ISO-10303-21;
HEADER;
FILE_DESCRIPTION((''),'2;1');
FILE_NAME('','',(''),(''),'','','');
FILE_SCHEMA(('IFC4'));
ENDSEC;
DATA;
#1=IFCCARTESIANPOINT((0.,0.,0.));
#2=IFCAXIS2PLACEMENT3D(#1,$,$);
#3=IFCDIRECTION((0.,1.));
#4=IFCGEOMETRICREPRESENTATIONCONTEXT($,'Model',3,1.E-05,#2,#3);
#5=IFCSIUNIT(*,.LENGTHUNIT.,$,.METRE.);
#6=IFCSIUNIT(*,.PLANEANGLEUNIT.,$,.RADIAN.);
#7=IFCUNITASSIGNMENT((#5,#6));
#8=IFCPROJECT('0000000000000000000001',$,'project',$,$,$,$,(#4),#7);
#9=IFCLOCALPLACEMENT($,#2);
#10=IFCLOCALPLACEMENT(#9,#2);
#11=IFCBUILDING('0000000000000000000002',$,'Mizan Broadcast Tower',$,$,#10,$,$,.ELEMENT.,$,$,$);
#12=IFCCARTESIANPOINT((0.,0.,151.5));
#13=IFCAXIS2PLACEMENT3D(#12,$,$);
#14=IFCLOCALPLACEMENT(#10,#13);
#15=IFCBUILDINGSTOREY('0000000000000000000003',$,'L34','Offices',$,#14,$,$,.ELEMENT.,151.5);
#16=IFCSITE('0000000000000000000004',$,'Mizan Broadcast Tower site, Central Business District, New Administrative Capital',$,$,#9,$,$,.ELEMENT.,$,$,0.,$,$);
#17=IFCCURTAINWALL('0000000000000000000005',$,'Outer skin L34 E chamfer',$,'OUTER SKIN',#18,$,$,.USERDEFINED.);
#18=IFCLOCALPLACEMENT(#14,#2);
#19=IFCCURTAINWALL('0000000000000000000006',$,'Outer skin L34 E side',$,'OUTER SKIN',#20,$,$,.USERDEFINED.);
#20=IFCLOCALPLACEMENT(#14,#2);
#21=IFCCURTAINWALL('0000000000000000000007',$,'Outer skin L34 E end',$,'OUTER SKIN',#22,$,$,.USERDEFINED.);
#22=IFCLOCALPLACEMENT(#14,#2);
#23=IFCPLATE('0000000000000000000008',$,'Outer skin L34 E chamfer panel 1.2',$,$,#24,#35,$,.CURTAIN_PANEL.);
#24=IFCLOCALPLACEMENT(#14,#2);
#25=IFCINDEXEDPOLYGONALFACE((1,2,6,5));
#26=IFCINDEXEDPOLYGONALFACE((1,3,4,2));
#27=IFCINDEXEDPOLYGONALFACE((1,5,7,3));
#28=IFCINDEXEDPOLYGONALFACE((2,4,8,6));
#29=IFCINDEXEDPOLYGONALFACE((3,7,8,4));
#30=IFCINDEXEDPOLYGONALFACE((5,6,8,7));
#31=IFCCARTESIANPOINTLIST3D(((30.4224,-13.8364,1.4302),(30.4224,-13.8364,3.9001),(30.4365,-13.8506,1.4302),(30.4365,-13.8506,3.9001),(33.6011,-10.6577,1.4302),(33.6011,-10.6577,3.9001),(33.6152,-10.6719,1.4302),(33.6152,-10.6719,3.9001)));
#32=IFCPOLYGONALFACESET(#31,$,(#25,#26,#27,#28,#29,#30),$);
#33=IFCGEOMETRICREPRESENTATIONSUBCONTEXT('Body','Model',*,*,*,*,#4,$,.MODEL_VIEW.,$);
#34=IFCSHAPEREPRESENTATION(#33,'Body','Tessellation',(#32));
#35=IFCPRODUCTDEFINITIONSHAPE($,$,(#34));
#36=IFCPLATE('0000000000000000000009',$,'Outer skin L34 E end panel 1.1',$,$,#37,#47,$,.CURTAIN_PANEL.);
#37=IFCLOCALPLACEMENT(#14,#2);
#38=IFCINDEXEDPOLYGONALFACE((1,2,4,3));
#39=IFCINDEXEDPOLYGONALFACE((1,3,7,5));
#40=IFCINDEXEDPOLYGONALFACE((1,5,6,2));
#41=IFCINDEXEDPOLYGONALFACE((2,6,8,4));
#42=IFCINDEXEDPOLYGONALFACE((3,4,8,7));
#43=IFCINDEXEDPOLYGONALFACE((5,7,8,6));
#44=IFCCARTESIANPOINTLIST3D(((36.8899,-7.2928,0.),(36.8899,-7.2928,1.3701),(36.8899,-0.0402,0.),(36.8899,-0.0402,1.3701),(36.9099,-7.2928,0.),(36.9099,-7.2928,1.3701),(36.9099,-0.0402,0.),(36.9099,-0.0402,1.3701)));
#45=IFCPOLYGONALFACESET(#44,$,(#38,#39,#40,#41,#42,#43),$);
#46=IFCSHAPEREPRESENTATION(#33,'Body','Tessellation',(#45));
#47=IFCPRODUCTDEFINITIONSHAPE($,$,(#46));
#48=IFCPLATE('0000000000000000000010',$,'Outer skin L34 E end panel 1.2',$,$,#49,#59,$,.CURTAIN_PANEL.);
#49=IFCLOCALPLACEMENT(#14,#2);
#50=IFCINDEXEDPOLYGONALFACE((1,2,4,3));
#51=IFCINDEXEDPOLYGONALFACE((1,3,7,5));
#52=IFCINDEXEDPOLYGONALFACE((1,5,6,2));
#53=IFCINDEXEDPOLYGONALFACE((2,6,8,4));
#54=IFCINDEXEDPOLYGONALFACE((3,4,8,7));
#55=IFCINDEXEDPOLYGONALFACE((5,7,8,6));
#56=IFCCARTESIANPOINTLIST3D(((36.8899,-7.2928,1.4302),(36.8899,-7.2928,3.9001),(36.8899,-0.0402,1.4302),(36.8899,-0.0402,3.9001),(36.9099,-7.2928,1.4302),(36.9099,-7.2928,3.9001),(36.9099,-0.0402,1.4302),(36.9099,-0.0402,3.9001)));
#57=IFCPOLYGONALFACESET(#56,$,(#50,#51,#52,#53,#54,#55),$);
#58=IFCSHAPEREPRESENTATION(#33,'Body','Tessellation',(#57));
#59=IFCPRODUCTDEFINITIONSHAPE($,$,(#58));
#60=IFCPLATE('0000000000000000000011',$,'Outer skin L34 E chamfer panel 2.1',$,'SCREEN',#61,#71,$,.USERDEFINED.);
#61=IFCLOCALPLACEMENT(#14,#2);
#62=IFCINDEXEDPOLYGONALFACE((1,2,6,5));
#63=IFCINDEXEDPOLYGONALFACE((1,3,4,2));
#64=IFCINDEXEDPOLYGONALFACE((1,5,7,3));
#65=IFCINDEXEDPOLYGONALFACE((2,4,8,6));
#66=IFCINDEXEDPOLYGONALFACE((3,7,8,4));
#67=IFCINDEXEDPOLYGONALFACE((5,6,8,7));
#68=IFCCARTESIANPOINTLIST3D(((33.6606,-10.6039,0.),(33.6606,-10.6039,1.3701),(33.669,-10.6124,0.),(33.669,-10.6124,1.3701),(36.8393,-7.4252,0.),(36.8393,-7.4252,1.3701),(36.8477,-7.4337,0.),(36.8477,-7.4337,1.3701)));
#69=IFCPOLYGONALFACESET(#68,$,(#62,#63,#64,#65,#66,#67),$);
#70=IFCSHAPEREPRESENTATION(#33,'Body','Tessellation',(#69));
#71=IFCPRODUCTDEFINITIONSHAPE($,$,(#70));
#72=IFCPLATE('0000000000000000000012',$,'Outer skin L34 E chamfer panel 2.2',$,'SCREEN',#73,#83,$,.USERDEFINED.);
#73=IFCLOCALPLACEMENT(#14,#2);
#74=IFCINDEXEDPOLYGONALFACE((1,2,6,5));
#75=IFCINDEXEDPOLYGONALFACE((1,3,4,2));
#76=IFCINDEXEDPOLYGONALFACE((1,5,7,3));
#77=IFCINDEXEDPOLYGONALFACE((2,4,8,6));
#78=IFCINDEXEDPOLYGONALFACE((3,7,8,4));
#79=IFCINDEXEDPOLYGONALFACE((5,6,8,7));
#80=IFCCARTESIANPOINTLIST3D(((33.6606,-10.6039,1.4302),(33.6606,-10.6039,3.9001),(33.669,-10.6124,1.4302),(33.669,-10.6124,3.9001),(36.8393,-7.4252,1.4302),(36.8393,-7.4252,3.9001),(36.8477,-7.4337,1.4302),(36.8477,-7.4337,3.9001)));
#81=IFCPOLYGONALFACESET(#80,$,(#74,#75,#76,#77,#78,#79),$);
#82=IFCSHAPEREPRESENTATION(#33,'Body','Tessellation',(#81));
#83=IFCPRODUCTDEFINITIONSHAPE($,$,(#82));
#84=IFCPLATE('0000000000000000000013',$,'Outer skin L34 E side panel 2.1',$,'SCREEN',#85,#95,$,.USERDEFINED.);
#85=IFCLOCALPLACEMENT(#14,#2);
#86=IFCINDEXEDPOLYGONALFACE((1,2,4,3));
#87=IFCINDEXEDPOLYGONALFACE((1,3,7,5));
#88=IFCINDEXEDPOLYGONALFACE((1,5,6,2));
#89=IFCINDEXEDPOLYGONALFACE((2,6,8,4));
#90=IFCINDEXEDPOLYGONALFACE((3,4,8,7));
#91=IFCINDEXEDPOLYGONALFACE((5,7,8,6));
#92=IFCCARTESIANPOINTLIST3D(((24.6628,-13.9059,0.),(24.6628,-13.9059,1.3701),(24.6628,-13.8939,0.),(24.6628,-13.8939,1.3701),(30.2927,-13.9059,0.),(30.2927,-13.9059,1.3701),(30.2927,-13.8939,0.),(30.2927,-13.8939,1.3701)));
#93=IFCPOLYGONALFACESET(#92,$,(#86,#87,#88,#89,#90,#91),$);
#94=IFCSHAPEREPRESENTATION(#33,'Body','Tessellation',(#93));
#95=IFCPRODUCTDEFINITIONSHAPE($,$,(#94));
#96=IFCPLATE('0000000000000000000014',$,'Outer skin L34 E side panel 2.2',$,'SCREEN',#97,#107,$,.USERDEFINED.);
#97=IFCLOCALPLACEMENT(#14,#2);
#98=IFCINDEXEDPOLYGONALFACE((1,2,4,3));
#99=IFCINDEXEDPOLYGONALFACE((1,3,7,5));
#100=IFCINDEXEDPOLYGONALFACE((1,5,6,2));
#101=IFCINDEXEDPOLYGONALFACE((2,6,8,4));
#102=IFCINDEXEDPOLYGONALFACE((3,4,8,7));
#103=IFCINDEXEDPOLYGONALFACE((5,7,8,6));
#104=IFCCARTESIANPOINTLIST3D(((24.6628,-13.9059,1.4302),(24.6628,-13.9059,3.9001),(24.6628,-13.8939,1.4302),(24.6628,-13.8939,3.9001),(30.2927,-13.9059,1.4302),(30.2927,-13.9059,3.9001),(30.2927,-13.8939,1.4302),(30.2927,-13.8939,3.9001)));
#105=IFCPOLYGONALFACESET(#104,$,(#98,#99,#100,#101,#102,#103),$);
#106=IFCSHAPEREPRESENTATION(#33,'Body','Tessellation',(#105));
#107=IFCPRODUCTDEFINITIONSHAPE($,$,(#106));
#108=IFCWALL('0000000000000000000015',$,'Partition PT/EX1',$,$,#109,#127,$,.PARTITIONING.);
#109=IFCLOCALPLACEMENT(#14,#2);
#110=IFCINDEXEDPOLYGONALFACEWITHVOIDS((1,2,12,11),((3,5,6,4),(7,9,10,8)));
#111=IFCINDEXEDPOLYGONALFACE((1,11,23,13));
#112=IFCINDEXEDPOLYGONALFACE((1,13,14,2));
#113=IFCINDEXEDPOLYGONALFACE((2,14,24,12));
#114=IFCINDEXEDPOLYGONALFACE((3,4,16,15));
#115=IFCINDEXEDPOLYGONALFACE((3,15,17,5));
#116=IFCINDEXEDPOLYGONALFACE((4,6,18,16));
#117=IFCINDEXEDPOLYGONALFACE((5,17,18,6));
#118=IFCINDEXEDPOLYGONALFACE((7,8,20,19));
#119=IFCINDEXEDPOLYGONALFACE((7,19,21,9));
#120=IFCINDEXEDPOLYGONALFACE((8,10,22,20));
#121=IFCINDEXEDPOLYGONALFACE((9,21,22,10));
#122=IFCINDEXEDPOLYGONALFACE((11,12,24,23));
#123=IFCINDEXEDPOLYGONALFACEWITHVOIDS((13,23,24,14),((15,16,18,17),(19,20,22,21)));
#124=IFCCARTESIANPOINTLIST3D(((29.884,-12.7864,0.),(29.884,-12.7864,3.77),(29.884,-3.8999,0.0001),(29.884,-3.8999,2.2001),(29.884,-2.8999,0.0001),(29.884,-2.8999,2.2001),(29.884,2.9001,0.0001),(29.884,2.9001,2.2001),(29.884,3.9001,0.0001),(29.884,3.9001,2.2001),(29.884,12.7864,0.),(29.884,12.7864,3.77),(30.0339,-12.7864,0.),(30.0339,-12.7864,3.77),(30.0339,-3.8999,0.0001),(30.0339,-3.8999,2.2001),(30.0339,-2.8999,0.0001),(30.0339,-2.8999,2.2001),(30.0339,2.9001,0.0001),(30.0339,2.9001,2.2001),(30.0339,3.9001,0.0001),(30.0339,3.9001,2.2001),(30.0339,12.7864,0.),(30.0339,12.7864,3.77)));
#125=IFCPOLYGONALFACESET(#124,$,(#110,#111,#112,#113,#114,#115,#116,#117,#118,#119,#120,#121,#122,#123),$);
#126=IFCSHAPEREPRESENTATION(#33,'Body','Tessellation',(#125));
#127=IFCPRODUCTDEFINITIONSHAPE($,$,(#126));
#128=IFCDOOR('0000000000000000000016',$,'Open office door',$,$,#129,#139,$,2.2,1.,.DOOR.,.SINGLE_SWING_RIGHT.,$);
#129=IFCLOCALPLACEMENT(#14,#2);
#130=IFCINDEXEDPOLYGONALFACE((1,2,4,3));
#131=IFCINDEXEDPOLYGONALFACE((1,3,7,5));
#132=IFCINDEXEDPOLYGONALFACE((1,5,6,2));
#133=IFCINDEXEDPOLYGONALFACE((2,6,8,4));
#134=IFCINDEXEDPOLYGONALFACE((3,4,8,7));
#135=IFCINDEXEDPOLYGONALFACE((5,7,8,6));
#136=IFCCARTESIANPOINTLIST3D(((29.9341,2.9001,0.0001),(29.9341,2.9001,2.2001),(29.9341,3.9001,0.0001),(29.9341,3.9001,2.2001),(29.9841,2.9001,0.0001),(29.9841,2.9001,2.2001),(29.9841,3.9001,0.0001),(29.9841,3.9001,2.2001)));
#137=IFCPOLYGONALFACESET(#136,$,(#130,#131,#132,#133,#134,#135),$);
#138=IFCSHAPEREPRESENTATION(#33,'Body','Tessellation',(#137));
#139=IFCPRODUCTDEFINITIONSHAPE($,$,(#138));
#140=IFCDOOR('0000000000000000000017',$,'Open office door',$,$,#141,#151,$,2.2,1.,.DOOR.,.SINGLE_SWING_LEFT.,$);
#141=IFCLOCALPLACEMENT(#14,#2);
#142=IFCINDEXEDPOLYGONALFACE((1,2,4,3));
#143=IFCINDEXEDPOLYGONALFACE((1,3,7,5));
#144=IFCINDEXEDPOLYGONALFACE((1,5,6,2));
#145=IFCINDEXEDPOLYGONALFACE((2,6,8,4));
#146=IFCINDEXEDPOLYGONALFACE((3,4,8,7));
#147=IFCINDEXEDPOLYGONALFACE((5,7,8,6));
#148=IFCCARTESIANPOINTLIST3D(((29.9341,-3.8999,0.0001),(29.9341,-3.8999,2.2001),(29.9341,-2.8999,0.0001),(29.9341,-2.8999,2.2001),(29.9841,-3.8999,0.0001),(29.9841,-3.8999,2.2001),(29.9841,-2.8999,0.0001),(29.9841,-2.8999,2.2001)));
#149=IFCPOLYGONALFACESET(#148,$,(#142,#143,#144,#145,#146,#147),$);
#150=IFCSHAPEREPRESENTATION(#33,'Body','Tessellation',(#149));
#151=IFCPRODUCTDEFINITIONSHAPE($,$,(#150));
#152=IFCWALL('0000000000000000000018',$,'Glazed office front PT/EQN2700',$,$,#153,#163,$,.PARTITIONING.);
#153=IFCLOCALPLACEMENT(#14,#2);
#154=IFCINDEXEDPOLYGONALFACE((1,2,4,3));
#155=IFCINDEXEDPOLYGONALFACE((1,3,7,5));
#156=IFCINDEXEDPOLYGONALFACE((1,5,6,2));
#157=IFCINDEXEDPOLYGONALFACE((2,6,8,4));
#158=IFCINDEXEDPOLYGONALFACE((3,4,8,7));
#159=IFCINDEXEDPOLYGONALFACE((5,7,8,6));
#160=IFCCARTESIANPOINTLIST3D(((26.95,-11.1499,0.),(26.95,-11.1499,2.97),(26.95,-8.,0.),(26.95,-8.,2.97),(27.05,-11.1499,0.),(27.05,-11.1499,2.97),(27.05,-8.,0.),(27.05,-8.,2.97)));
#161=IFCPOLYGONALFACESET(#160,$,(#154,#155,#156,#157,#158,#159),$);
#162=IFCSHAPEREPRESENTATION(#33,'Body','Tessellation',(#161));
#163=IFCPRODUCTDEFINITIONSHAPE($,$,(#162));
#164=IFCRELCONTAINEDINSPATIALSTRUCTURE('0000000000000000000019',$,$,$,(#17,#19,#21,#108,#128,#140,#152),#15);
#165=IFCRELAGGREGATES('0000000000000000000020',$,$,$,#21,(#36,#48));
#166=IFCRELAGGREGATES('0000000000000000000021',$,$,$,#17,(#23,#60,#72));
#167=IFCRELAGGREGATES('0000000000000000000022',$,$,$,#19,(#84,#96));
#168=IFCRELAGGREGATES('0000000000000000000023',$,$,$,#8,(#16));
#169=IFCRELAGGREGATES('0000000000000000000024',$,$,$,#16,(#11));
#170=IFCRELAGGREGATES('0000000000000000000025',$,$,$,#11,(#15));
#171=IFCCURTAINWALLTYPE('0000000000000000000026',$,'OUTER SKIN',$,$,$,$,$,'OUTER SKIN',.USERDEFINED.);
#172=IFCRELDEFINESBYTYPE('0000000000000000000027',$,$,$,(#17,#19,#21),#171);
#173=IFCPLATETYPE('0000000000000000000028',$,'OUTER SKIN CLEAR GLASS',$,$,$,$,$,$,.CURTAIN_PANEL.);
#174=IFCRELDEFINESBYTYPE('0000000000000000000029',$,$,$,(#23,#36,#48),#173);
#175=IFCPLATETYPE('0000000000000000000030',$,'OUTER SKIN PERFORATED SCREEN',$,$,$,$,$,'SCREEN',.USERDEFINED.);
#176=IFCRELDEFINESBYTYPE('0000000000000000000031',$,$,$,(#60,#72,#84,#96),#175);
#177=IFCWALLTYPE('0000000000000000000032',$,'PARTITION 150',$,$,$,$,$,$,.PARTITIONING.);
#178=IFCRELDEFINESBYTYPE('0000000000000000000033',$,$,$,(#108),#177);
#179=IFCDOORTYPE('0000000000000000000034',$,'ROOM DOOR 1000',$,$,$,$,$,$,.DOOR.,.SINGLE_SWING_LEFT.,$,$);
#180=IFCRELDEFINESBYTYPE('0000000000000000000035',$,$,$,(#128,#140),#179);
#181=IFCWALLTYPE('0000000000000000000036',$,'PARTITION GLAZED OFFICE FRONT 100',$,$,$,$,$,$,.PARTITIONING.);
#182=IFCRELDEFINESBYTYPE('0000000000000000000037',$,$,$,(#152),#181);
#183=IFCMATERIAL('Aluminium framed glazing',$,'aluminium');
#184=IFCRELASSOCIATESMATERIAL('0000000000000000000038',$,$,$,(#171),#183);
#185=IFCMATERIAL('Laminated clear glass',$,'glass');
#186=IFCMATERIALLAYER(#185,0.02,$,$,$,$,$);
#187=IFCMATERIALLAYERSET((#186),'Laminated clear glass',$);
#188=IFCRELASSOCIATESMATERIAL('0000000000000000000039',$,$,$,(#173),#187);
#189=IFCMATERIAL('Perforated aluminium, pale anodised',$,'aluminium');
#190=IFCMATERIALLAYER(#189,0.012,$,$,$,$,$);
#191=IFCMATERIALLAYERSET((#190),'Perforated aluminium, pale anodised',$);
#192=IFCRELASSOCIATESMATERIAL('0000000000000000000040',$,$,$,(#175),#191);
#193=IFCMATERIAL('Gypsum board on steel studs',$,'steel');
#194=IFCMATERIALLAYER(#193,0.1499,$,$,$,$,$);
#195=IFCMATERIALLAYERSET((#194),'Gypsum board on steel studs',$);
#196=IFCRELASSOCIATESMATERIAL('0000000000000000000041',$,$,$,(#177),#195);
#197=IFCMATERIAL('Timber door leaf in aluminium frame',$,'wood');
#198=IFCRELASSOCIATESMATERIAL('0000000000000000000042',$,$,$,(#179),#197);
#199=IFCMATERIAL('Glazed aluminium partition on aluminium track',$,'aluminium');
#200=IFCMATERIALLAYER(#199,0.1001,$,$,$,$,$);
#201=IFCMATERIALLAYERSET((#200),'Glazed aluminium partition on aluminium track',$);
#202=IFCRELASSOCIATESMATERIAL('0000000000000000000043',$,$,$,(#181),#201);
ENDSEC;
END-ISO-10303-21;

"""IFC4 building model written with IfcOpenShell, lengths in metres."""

from ifc_helpers import new_model, si_unit, direction, frame, frame_2d, origin, origin_2d, place, context, subcontext, project, spatial, rectangle, extrude, material, layer, layer_set, type_object, element, fill, aggregate, save


model = new_model("IFC4")

# Units and contexts
model_context = context("Model", 3, precision=1e-05, world=origin(), true_north=direction((0.0, 1.0)))
body_context = subcontext(model_context, "Body", "Model", "MODEL_VIEW")
ifc_project = project(units=[si_unit("LENGTHUNIT", "METRE"), si_unit("PLANEANGLEUNIT", "RADIAN")], contexts=[model_context])

# Site, building, storey
site_placement = place(None, origin())
site = spatial("IfcSite", under=ifc_project, at=site_placement, Name="Mizan Broadcast Tower site, Central Business District, New Administrative Capital", CompositionType="ELEMENT", RefElevation=0.0)
building_placement = place(site_placement, origin())
building = spatial("IfcBuilding", under=site, at=building_placement, Name="Mizan Broadcast Tower", CompositionType="ELEMENT")
storey_placement = place(building_placement, frame((0.0, 0.0, 151.5)))
storey = spatial("IfcBuildingStorey", under=building, at=storey_placement, Name="L34", Description="Offices", CompositionType="ELEMENT", Elevation=151.5)

# Curtain wall
ifc_material_1 = material(Name="Aluminium framed glazing", Category="aluminium")
curtain_wall_type_1 = type_object("IfcCurtainWallType", Name="OUTER SKIN", ElementType="OUTER SKIN", PredefinedType="USERDEFINED", material=ifc_material_1)
curtain_wall_1_placement = place(storey_placement, origin())
curtain_wall_1 = element("IfcCurtainWall", 1, at=curtain_wall_1_placement, inside=storey, type_object=curtain_wall_type_1, Name="Outer skin L34 E chamfer", ObjectType="OUTER SKIN", PredefinedType="USERDEFINED")

# Curtain wall
curtain_wall_2_placement = place(storey_placement, origin())
curtain_wall_2 = element("IfcCurtainWall", 2, at=curtain_wall_2_placement, inside=storey, type_object=curtain_wall_type_1, Name="Outer skin L34 E side", ObjectType="OUTER SKIN", PredefinedType="USERDEFINED")

# Curtain wall
curtain_wall_3_placement = place(storey_placement, origin())
curtain_wall_3 = element("IfcCurtainWall", 3, at=curtain_wall_3_placement, inside=storey, type_object=curtain_wall_type_1, Name="Outer skin L34 E end", ObjectType="OUTER SKIN", PredefinedType="USERDEFINED")

# Plates
ifc_material_2 = material(Name="Laminated clear glass", Category="glass")
ifc_layer_1 = layer(ifc_material_2, 0.02)
ifc_layer_set_1 = layer_set([ifc_layer_1], Name="Laminated clear glass")
plate_type_1 = type_object("IfcPlateType", Name="OUTER SKIN CLEAR GLASS", PredefinedType="CURTAIN_PANEL", material=ifc_layer_set_1)
plate_1_placement = place(storey_placement, frame((32.0188, -12.2542, 1.4302), z_axis=(0.0, 0.0, 1.0), x_axis=(0.707107, 0.707107, 0.0)))
plate_1 = element("IfcPlate", 4, at=plate_1_placement, type_object=plate_type_1, Name="Outer skin L34 E chamfer panel 1.2", PredefinedType="CURTAIN_PANEL", context=body_context, shape_type="SweptSolid", body=[
    extrude(rectangle(XDim=4.4954, YDim=0.02, at=origin_2d()), origin(), (0.0, 0.0, 1.0), 2.47),
])
plate_2_placement = place(storey_placement, frame((36.8999, -3.6665, 0.0), z_axis=(0.0, 0.0, 1.0), x_axis=(0.0, 1.0, 0.0)))
plate_2 = element("IfcPlate", 5, at=plate_2_placement, type_object=plate_type_1, Name="Outer skin L34 E end panel 1.1", PredefinedType="CURTAIN_PANEL", context=body_context, shape_type="SweptSolid", body=[
    extrude(rectangle(XDim=7.2527, YDim=0.02, at=origin_2d()), origin(), (0.0, 0.0, 1.0), 1.3701),
])
plate_3_placement = place(storey_placement, frame((36.8999, -3.6665, 1.4302), z_axis=(0.0, 0.0, 1.0), x_axis=(0.0, 1.0, 0.0)))
plate_3 = element("IfcPlate", 6, at=plate_3_placement, type_object=plate_type_1, Name="Outer skin L34 E end panel 1.2", PredefinedType="CURTAIN_PANEL", context=body_context, shape_type="SweptSolid", body=[
    extrude(rectangle(XDim=7.2527, YDim=0.02, at=origin_2d()), origin(), (0.0, 0.0, 1.0), 2.47),
])
aggregate(curtain_wall_3, [plate_2, plate_3])
ifc_material_3 = material(Name="Perforated aluminium, pale anodised", Category="aluminium")
ifc_layer_2 = layer(ifc_material_3, 0.012)
ifc_layer_set_2 = layer_set([ifc_layer_2], Name="Perforated aluminium, pale anodised")
plate_type_2 = type_object("IfcPlateType", Name="OUTER SKIN PERFORATED SCREEN", ElementType="SCREEN", PredefinedType="USERDEFINED", material=ifc_layer_set_2)
plate_4_placement = place(storey_placement, frame((35.2542, -9.0188, 0.0), z_axis=(0.0, 0.0, 1.0), x_axis=(0.707107, 0.707107, 0.0)))
plate_4 = element("IfcPlate", 7, at=plate_4_placement, type_object=plate_type_2, Name="Outer skin L34 E chamfer panel 2.1", ObjectType="SCREEN", PredefinedType="USERDEFINED", context=body_context, shape_type="SweptSolid", body=[
    extrude(rectangle(XDim=4.4954, YDim=0.012, at=origin_2d()), origin(), (0.0, 0.0, 1.0), 1.3701),
])
plate_5_placement = place(storey_placement, frame((35.2542, -9.0188, 1.4302), z_axis=(0.0, 0.0, 1.0), x_axis=(0.707107, 0.707107, 0.0)))
plate_5 = element("IfcPlate", 8, at=plate_5_placement, type_object=plate_type_2, Name="Outer skin L34 E chamfer panel 2.2", ObjectType="SCREEN", PredefinedType="USERDEFINED", context=body_context, shape_type="SweptSolid", body=[
    extrude(rectangle(XDim=4.4954, YDim=0.012, at=origin_2d()), origin(), (0.0, 0.0, 1.0), 2.47),
])
aggregate(curtain_wall_1, [plate_1, plate_4, plate_5])
plate_6_placement = place(storey_placement, frame((27.4778, -13.8999, 0.0), z_axis=(0.0, 0.0, 1.0), x_axis=(1.0, 0.0, 0.0)))
plate_6 = element("IfcPlate", 9, at=plate_6_placement, type_object=plate_type_2, Name="Outer skin L34 E side panel 2.1", ObjectType="SCREEN", PredefinedType="USERDEFINED", context=body_context, shape_type="SweptSolid", body=[
    extrude(rectangle(XDim=5.6299, YDim=0.012, at=origin_2d()), origin(), (0.0, 0.0, 1.0), 1.3701),
])
plate_7_placement = place(storey_placement, frame((27.4778, -13.8999, 1.4302), z_axis=(0.0, 0.0, 1.0), x_axis=(1.0, 0.0, 0.0)))
plate_7 = element("IfcPlate", 10, at=plate_7_placement, type_object=plate_type_2, Name="Outer skin L34 E side panel 2.2", ObjectType="SCREEN", PredefinedType="USERDEFINED", context=body_context, shape_type="SweptSolid", body=[
    extrude(rectangle(XDim=5.6299, YDim=0.012, at=origin_2d()), origin(), (0.0, 0.0, 1.0), 2.47),
])
aggregate(curtain_wall_2, [plate_6, plate_7])

# Wall, openings, doors
ifc_material_4 = material(Name="Gypsum board on steel studs", Category="steel")
ifc_layer_3 = layer(ifc_material_4, 0.1499)
ifc_layer_set_3 = layer_set([ifc_layer_3], Name="Gypsum board on steel studs")
wall_type_1 = type_object("IfcWallType", Name="PARTITION 150", PredefinedType="PARTITIONING", material=ifc_layer_set_3)
wall_1_placement = place(storey_placement, frame((29.959, -12.7864, 0.0), z_axis=(0.0, 0.0, 1.0), x_axis=(0.0, 1.0, 0.0)))
wall_1 = element("IfcWall", 11, at=wall_1_placement, inside=storey, type_object=wall_type_1, Name="Partition PT/EX1", PredefinedType="PARTITIONING", context=body_context, shape_type="SweptSolid", body=[
    extrude(rectangle(XDim=25.5728, YDim=0.1499, at=frame_2d((12.7864, 0.0))), origin(), (0.0, 0.0, 1.0), 3.77),
])
opening_1_placement = place(wall_1_placement, frame((15.6865, 0.0, 0.0)))
opening_1 = element("IfcOpeningElement", 12, at=opening_1_placement, cuts=wall_1, PredefinedType="OPENING", context=body_context, shape_type="SweptSolid", body=[
    extrude(rectangle(XDim=1.0, YDim=2.2, at=frame_2d((0.5, 1.1001))), frame((0.0, 0.085, 0.0), z_axis=(0.0, -1.0, 0.0), x_axis=(1.0, 0.0, 0.0)), (0.0, 0.0, 1.0), 0.1699),
])
opening_2_placement = place(wall_1_placement, frame((8.8865, 0.0, 0.0)))
opening_2 = element("IfcOpeningElement", 13, at=opening_2_placement, cuts=wall_1, PredefinedType="OPENING", context=body_context, shape_type="SweptSolid", body=[
    extrude(rectangle(XDim=1.0, YDim=2.2, at=frame_2d((0.5, 1.1001))), frame((0.0, 0.085, 0.0), z_axis=(0.0, -1.0, 0.0), x_axis=(1.0, 0.0, 0.0)), (0.0, 0.0, 1.0), 0.1699),
])
ifc_material_5 = material(Name="Timber door leaf in aluminium frame", Category="wood")
door_type = type_object("IfcDoorType", Name="ROOM DOOR 1000", OperationType="SINGLE_SWING_LEFT", PredefinedType="DOOR", material=ifc_material_5)
door_1_placement = place(opening_1_placement, origin())
door_1 = element("IfcDoor", 14, at=door_1_placement, inside=storey, type_object=door_type, Name="Open office door", OperationType="SINGLE_SWING_RIGHT", OverallHeight=2.2, OverallWidth=1.0, PredefinedType="DOOR", context=body_context, shape_type="SweptSolid", body=[
    extrude(rectangle(XDim=1.0, YDim=2.2, at=frame_2d((0.5, 1.1001))), frame((0.0, 0.0249, 0.0), z_axis=(0.0, -1.0, 0.0), x_axis=(1.0, 0.0, 0.0)), (0.0, 0.0, 1.0), 0.05),
])
fill(opening_1, door_1)
door_2_placement = place(opening_2_placement, origin())
door_2 = element("IfcDoor", 15, at=door_2_placement, inside=storey, type_object=door_type, Name="Open office door", OperationType="SINGLE_SWING_LEFT", OverallHeight=2.2, OverallWidth=1.0, PredefinedType="DOOR", context=body_context, shape_type="SweptSolid", body=[
    extrude(rectangle(XDim=1.0, YDim=2.2, at=frame_2d((0.5, 1.1001))), frame((0.0, 0.0249, 0.0), z_axis=(0.0, -1.0, 0.0), x_axis=(1.0, 0.0, 0.0)), (0.0, 0.0, 1.0), 0.05),
])
fill(opening_2, door_2)

# Wall
ifc_material_6 = material(Name="Glazed aluminium partition on aluminium track", Category="aluminium")
ifc_layer_4 = layer(ifc_material_6, 0.1001)
ifc_layer_set_4 = layer_set([ifc_layer_4], Name="Glazed aluminium partition on aluminium track")
wall_type_2 = type_object("IfcWallType", Name="PARTITION GLAZED OFFICE FRONT 100", PredefinedType="PARTITIONING", material=ifc_layer_set_4)
wall_2_placement = place(storey_placement, frame((27.0, -8.0, 0.0), z_axis=(0.0, 0.0, 1.0), x_axis=(0.0, -1.0, 0.0)))
element("IfcWall", 16, at=wall_2_placement, inside=storey, type_object=wall_type_2, Name="Glazed office front PT/EQN2700", PredefinedType="PARTITIONING", context=body_context, shape_type="SweptSolid", body=[
    extrude(rectangle(XDim=3.1499, YDim=0.1001, at=frame_2d((1.575, 0.0))), origin(), (0.0, 0.0, 1.0), 2.97),
])

save(model, "model.ifc")
